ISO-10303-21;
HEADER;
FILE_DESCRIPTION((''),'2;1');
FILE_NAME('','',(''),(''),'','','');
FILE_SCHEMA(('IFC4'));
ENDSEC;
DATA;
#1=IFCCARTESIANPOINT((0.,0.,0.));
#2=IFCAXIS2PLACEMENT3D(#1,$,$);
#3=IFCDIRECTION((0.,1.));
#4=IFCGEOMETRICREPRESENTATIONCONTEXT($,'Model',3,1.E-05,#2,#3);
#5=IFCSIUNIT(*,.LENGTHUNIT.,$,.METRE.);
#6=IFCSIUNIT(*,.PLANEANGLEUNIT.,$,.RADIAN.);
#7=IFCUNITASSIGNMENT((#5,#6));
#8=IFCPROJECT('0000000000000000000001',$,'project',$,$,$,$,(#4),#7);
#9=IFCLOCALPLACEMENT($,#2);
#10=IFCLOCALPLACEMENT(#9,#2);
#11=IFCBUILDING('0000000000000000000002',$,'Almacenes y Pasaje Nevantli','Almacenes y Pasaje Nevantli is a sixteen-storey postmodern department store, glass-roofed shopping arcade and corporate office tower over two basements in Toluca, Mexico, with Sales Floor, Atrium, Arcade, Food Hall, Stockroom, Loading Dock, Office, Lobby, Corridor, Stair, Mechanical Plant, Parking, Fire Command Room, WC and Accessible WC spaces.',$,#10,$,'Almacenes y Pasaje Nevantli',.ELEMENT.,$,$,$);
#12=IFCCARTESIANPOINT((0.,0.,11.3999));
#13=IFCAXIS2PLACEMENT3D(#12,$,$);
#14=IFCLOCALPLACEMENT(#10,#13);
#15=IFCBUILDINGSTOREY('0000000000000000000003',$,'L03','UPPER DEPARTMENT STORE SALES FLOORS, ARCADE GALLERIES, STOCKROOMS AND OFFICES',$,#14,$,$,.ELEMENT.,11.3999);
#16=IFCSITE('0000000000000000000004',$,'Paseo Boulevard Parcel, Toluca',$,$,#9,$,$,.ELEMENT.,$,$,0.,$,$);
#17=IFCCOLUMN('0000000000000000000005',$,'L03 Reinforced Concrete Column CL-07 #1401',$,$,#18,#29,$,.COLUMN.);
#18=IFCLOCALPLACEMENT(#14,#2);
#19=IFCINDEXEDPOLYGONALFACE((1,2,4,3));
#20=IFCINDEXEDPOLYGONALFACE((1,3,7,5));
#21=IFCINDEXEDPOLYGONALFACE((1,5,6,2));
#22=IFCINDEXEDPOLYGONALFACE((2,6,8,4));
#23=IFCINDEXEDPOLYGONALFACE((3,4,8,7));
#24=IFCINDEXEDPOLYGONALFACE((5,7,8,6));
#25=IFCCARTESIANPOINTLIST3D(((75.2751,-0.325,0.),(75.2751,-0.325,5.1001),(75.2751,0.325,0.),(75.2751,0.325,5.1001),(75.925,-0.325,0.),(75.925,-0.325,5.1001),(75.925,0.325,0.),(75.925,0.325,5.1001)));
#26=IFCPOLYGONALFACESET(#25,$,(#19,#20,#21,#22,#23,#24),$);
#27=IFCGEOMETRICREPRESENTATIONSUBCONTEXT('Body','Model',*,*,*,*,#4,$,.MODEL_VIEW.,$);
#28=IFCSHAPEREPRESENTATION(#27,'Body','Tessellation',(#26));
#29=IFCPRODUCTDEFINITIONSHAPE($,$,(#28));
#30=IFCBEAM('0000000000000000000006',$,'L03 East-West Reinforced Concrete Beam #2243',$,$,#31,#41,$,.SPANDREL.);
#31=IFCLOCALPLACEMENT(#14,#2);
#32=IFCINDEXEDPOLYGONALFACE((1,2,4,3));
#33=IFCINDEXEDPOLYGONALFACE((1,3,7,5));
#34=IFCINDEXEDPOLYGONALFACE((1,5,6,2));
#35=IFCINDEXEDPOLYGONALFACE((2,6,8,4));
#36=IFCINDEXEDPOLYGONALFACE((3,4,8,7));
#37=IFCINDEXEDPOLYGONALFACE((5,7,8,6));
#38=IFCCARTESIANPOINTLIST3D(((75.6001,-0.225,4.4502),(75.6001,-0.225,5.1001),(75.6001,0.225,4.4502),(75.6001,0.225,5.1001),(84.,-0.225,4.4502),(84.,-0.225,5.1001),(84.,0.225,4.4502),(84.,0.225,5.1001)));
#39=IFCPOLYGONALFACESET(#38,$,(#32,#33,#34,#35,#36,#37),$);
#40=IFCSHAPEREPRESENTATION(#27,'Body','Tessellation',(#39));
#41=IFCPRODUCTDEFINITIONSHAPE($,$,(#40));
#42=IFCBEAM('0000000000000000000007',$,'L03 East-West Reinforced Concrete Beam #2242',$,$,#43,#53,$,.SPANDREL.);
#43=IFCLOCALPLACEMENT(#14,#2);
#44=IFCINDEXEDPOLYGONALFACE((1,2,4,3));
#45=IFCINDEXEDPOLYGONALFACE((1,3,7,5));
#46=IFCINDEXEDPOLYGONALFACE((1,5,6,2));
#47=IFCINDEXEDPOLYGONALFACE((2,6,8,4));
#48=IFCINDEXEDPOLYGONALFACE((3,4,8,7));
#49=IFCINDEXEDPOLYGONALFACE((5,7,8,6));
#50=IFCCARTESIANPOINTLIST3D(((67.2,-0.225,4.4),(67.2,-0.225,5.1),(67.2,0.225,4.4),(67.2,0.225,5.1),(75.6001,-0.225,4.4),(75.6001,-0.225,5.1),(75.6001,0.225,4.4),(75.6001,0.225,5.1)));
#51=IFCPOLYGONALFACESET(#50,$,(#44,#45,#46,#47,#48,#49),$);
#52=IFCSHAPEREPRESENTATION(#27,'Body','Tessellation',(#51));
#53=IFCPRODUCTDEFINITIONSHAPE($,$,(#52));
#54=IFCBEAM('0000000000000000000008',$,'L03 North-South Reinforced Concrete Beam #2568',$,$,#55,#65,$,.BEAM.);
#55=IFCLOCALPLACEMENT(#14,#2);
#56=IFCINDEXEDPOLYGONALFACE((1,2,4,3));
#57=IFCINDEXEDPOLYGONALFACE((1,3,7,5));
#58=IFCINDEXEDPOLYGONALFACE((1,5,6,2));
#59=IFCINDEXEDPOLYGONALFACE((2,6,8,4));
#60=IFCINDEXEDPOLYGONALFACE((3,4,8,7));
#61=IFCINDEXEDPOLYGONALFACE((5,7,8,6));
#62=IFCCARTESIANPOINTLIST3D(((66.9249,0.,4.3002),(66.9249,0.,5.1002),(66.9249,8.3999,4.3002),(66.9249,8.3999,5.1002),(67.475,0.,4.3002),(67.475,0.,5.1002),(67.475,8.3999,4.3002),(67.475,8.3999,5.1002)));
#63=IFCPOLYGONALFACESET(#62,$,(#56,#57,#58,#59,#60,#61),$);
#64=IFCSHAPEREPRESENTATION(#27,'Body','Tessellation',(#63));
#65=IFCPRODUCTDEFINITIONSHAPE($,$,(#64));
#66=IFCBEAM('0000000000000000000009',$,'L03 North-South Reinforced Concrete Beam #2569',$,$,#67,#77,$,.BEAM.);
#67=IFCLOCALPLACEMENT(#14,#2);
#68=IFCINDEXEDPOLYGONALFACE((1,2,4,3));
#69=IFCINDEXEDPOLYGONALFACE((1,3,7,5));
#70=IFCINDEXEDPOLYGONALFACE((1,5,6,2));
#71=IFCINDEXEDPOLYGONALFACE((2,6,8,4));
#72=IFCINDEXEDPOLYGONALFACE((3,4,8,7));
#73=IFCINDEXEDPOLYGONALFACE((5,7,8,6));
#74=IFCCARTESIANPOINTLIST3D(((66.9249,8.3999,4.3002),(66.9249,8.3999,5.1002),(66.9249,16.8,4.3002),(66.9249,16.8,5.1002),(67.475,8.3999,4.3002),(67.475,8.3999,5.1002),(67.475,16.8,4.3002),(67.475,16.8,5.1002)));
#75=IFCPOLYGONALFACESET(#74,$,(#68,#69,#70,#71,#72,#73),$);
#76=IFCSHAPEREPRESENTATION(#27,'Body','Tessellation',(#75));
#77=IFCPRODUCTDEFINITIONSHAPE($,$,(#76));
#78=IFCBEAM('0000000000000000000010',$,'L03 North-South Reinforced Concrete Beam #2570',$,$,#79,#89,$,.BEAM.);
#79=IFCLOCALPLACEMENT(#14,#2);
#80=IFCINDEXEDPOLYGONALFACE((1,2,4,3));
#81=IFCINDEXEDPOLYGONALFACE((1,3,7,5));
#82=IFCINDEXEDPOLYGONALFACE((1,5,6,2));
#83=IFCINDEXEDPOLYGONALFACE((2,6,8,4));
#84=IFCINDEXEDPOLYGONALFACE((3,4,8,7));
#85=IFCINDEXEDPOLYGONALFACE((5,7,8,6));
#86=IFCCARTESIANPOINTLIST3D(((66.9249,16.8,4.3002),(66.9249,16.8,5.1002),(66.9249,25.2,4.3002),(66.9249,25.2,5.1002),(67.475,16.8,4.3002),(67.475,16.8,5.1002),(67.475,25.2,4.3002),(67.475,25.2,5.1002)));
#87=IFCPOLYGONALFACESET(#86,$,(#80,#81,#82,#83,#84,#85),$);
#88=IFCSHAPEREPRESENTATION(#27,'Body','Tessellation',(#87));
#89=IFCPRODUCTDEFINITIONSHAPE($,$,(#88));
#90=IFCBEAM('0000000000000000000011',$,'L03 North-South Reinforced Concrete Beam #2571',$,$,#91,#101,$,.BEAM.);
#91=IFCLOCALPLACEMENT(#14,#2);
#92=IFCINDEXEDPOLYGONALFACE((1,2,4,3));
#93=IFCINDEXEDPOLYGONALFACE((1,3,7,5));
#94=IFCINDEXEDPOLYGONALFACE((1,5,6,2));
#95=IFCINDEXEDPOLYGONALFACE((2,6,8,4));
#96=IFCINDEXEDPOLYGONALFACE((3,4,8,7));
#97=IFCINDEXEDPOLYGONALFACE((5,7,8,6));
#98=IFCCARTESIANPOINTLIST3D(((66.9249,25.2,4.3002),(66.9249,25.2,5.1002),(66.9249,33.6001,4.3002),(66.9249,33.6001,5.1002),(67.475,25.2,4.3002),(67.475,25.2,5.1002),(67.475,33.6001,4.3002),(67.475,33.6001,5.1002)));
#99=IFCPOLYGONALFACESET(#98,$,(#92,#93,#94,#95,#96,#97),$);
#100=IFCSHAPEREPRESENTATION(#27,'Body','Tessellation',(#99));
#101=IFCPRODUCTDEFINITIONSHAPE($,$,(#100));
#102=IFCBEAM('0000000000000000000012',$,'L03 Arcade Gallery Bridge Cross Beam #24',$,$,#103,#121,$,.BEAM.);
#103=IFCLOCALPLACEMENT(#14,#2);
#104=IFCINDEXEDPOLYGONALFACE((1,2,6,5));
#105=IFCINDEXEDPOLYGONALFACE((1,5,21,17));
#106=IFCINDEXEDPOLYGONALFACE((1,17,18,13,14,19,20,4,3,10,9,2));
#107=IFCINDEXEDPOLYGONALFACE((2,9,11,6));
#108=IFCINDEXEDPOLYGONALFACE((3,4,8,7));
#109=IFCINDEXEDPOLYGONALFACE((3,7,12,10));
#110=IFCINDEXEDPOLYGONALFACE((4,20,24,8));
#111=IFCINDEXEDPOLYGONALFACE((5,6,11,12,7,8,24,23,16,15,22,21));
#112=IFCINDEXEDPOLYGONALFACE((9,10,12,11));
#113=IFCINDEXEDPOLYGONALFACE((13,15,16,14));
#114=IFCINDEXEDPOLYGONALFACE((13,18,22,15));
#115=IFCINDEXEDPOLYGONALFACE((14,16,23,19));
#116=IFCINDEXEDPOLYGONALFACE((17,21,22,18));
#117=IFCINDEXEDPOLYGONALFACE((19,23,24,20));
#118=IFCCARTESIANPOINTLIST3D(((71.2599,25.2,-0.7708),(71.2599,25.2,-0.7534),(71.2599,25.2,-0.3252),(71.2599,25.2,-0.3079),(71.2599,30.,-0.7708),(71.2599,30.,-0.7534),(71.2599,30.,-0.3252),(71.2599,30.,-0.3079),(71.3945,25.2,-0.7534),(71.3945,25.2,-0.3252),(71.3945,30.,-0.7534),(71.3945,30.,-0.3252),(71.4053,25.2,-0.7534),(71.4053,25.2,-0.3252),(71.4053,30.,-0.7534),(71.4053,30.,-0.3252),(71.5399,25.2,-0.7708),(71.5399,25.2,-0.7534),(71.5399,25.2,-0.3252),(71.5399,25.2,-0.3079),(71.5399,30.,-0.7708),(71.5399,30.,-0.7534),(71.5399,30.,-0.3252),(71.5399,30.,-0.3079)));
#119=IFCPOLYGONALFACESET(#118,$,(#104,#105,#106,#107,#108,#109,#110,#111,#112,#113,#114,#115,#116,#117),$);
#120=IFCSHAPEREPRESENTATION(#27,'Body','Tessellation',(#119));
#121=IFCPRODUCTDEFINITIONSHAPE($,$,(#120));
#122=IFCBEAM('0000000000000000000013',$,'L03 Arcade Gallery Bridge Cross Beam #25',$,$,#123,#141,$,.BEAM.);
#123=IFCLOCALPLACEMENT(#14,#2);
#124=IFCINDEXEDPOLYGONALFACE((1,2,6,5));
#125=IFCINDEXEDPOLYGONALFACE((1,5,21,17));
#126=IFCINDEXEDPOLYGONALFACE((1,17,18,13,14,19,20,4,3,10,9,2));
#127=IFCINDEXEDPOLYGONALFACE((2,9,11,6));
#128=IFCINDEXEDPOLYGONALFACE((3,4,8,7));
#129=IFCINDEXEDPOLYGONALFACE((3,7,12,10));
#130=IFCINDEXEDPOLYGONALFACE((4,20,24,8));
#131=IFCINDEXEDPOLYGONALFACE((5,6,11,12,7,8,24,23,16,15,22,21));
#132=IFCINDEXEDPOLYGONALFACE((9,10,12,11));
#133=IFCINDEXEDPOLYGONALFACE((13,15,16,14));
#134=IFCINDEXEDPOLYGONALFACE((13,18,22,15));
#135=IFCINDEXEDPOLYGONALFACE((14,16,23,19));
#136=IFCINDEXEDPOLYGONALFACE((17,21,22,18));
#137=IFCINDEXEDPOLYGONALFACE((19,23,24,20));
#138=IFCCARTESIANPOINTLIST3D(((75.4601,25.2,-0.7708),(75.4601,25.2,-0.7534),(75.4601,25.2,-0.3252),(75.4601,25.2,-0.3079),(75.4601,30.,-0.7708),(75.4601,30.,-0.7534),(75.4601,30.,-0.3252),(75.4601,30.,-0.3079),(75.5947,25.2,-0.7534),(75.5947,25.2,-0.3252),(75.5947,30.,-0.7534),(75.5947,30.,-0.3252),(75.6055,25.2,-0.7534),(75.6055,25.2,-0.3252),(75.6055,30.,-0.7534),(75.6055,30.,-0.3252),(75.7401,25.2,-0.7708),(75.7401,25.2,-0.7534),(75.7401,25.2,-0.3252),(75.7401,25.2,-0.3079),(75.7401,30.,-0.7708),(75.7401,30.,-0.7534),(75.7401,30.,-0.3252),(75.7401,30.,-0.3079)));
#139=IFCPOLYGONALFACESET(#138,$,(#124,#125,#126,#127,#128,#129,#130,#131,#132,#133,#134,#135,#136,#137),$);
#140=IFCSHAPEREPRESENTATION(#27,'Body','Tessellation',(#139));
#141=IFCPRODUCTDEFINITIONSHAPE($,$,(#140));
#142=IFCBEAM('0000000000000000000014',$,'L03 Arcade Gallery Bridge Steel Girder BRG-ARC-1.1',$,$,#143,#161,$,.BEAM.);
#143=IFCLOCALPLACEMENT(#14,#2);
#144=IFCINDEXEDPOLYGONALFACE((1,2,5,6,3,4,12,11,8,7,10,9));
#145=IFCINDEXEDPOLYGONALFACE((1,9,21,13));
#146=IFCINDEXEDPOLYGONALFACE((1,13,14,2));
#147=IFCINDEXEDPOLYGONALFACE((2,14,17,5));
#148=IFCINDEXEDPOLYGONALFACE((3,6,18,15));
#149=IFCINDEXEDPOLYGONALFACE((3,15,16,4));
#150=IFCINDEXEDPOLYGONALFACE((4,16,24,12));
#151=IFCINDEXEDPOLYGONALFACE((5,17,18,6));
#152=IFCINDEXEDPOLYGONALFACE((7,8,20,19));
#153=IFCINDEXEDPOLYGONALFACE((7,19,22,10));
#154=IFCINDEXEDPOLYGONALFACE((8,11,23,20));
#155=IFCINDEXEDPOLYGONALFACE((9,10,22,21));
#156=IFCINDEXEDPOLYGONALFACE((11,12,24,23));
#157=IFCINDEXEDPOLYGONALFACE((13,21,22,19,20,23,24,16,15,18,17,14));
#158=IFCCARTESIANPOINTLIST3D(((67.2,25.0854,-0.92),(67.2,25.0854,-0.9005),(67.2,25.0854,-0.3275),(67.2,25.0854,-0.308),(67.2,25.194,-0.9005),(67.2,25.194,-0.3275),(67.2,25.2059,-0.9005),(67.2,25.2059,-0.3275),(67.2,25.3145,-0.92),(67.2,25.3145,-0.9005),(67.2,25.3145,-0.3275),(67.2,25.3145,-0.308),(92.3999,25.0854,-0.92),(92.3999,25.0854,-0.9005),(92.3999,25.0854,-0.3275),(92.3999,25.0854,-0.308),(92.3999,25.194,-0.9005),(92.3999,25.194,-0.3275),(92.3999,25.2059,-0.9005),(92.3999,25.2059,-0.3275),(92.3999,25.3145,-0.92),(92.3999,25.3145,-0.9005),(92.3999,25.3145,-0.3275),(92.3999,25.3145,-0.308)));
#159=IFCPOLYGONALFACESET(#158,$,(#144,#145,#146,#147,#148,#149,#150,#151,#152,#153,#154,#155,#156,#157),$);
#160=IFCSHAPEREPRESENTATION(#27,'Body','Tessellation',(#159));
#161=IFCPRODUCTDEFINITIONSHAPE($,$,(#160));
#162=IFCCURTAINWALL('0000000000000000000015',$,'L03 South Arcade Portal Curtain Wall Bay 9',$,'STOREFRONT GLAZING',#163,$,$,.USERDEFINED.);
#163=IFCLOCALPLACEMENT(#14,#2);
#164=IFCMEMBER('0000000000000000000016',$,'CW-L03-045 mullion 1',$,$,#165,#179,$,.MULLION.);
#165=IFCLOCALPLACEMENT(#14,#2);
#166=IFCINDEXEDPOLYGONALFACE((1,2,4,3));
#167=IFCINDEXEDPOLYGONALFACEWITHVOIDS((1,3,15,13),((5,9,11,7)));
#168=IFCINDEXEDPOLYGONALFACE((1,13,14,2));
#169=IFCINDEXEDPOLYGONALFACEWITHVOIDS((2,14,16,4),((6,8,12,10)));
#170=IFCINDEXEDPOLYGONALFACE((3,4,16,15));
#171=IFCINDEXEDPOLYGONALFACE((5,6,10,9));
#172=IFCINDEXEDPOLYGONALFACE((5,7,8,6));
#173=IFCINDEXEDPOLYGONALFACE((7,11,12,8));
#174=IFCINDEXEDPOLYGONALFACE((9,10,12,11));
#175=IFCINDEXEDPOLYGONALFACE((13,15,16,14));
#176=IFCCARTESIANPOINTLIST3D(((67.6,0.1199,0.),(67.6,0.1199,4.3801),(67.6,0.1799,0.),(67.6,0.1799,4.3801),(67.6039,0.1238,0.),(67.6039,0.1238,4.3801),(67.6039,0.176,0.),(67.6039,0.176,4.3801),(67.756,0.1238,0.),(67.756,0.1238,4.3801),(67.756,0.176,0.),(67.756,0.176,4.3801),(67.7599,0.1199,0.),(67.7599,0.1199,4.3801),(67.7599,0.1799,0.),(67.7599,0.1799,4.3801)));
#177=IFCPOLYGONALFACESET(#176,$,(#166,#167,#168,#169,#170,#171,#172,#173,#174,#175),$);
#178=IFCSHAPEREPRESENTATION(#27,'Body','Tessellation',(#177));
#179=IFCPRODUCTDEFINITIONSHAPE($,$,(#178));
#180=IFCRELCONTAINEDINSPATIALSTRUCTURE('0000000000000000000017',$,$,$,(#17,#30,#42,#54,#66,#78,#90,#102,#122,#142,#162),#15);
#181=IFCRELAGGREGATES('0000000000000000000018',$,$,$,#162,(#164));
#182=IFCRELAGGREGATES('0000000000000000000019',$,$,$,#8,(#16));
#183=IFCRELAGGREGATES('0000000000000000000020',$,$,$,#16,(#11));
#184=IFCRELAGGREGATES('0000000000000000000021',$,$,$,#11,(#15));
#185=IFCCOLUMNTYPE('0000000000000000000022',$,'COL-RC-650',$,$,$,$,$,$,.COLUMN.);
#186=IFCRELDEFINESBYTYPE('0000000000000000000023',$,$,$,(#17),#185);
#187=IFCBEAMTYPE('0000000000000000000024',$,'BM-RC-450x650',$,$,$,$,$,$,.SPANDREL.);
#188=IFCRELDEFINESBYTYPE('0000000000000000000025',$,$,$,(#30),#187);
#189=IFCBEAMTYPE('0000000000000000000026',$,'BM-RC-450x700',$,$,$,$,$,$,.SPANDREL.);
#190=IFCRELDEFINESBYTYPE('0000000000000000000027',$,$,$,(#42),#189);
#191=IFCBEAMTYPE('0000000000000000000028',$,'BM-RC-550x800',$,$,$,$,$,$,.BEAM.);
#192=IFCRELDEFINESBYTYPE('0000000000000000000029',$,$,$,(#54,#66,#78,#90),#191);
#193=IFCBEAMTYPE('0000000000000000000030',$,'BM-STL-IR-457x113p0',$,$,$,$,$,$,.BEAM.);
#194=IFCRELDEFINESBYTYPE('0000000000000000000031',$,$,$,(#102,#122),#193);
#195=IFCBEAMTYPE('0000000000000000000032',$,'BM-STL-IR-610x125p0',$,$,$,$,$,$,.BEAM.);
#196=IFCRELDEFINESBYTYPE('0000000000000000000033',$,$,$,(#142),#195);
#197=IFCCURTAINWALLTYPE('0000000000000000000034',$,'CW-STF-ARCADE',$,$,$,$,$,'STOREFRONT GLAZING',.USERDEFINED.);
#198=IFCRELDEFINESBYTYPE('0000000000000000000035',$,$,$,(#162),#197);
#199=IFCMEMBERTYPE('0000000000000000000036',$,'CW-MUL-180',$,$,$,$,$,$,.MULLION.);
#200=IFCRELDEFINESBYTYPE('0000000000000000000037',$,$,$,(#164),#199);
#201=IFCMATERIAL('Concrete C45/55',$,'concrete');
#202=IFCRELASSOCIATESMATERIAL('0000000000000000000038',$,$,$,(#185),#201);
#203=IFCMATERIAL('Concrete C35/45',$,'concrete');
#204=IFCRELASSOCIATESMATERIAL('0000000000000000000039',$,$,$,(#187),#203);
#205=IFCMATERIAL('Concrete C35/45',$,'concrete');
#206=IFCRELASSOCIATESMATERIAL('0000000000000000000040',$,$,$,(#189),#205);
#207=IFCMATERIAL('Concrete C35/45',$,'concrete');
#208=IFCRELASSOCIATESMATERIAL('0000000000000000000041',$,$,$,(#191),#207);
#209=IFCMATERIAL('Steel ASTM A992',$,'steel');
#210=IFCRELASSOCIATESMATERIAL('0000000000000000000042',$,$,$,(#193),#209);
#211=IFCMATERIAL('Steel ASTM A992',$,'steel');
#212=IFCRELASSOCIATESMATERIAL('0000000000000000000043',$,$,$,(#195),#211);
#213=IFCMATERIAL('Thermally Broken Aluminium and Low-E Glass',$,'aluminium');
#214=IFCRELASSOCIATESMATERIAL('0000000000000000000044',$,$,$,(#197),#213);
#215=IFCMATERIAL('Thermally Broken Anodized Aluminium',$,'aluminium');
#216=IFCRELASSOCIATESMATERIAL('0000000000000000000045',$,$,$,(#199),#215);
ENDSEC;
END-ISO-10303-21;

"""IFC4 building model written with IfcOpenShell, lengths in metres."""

from ifc_helpers import new_model, si_unit, direction, frame, origin, origin_2d, place, context, subcontext, project, spatial, rectangle, hollow_rectangle, i_section, extrude, material, material_profile, profile_set, type_object, element, aggregate, save


model = new_model("IFC4")

# Units and contexts
model_context = context("Model", 3, precision=1e-05, world=origin(), true_north=direction((0.0, 1.0)))
body_context = subcontext(model_context, "Body", "Model", "MODEL_VIEW")
ifc_project = project(units=[si_unit("LENGTHUNIT", "METRE"), si_unit("PLANEANGLEUNIT", "RADIAN")], contexts=[model_context])

# Site, building, storey
site_placement = place(None, origin())
site = spatial("IfcSite", under=ifc_project, at=site_placement, Name="Paseo Boulevard Parcel, Toluca", CompositionType="ELEMENT", RefElevation=0.0)
building_placement = place(site_placement, origin())
building = spatial("IfcBuilding", under=site, at=building_placement, Name="Almacenes y Pasaje Nevantli", Description="Almacenes y Pasaje Nevantli is a sixteen-storey postmodern department store, glass-roofed shopping arcade and corporate office tower over two basements in Toluca, Mexico, with Sales Floor, Atrium, Arcade, Food Hall, Stockroom, Loading Dock, Office, Lobby, Corridor, Stair, Mechanical Plant, Parking, Fire Command Room, WC and Accessible WC spaces.", LongName="Almacenes y Pasaje Nevantli", CompositionType="ELEMENT")
storey_placement = place(building_placement, frame((0.0, 0.0, 11.3999)))
storey = spatial("IfcBuildingStorey", under=building, at=storey_placement, Name="L03", Description="UPPER DEPARTMENT STORE SALES FLOORS, ARCADE GALLERIES, STOCKROOMS AND OFFICES", CompositionType="ELEMENT", Elevation=11.3999)

# Column
ifc_material_1 = material(Name="Concrete C45/55", Category="concrete")
ifc_material_profile_1 = material_profile(ifc_material_1, rectangle(XDim=0.6499, YDim=0.6499, at=origin_2d()), Name="RC-COL-650x650")
ifc_profile_set_1 = profile_set([ifc_material_profile_1], Name="Concrete C45/55")
column_type = type_object("IfcColumnType", Name="COL-RC-650", PredefinedType="COLUMN", material=ifc_profile_set_1)
column_placement = place(storey_placement, frame((75.6001, 0.0, 0.0), z_axis=(0.0, 0.0, 1.0), x_axis=(1.0, 0.0, 0.0)))
element("IfcColumn", 1, at=column_placement, inside=storey, type_object=column_type, Name="L03 Reinforced Concrete Column CL-07 #1401", PredefinedType="COLUMN", context=body_context, shape_type="SweptSolid", body=[
    extrude(rectangle(XDim=0.6499, YDim=0.6499, at=origin_2d()), origin(), (0.0, 0.0, 1.0), 5.1001),
])

# Beams
ifc_material_2 = material(Name="Concrete C35/45", Category="concrete")
ifc_material_profile_2 = material_profile(ifc_material_2, rectangle(XDim=0.45, YDim=0.6499, at=origin_2d()), Name="RC-BM-450x650")
ifc_profile_set_2 = profile_set([ifc_material_profile_2], Name="Concrete C35/45")
beam_type_1 = type_object("IfcBeamType", Name="BM-RC-450x650", PredefinedType="SPANDREL", material=ifc_profile_set_2)
beam_1_placement = place(storey_placement, frame((75.6001, 0.0, 4.7751), z_axis=(1.0, 0.0, 0.0), x_axis=(0.0, 1.0, 0.0)))
element("IfcBeam", 2, at=beam_1_placement, inside=storey, type_object=beam_type_1, Name="L03 East-West Reinforced Concrete Beam #2243", PredefinedType="SPANDREL", context=body_context, shape_type="SweptSolid", body=[
    extrude(rectangle(XDim=0.45, YDim=0.6499, at=origin_2d()), origin(), (0.0, 0.0, 1.0), 8.3999),
])
ifc_material_3 = material(Name="Concrete C35/45", Category="concrete")
ifc_material_profile_3 = material_profile(ifc_material_3, rectangle(XDim=0.45, YDim=0.7, at=origin_2d()), Name="RC-BM-450x700")
ifc_profile_set_3 = profile_set([ifc_material_profile_3], Name="Concrete C35/45")
beam_type_2 = type_object("IfcBeamType", Name="BM-RC-450x700", PredefinedType="SPANDREL", material=ifc_profile_set_3)
beam_2_placement = place(storey_placement, frame((67.2, 0.0, 4.75), z_axis=(1.0, 0.0, 0.0), x_axis=(0.0, 1.0, 0.0)))
element("IfcBeam", 3, at=beam_2_placement, inside=storey, type_object=beam_type_2, Name="L03 East-West Reinforced Concrete Beam #2242", PredefinedType="SPANDREL", context=body_context, shape_type="SweptSolid", body=[
    extrude(rectangle(XDim=0.45, YDim=0.7, at=origin_2d()), origin(), (0.0, 0.0, 1.0), 8.4001),
])
ifc_material_4 = material(Name="Concrete C35/45", Category="concrete")
ifc_material_profile_4 = material_profile(ifc_material_4, rectangle(XDim=0.55, YDim=0.8, at=origin_2d()), Name="RC-BM-550x800")
ifc_profile_set_4 = profile_set([ifc_material_profile_4], Name="Concrete C35/45")
beam_type_3 = type_object("IfcBeamType", Name="BM-RC-550x800", PredefinedType="BEAM", material=ifc_profile_set_4)
beam_3_placement = place(storey_placement, frame((67.2, 0.0, 4.7002), z_axis=(0.0, 1.0, 0.0), x_axis=(-1.0, 0.0, 0.0)))
element("IfcBeam", 4, at=beam_3_placement, inside=storey, type_object=beam_type_3, Name="L03 North-South Reinforced Concrete Beam #2568", PredefinedType="BEAM", context=body_context, shape_type="SweptSolid", body=[
    extrude(rectangle(XDim=0.55, YDim=0.8, at=origin_2d()), origin(), (0.0, 0.0, 1.0), 8.3999),
])
beam_4_placement = place(storey_placement, frame((67.2, 8.3999, 4.7002), z_axis=(0.0, 1.0, 0.0), x_axis=(-1.0, 0.0, 0.0)))
element("IfcBeam", 5, at=beam_4_placement, inside=storey, type_object=beam_type_3, Name="L03 North-South Reinforced Concrete Beam #2569", PredefinedType="BEAM", context=body_context, shape_type="SweptSolid", body=[
    extrude(rectangle(XDim=0.55, YDim=0.8, at=origin_2d()), origin(), (0.0, 0.0, 1.0), 8.4001),
])
beam_5_placement = place(storey_placement, frame((67.2, 16.8, 4.7002), z_axis=(0.0, 1.0, 0.0), x_axis=(-1.0, 0.0, 0.0)))
element("IfcBeam", 6, at=beam_5_placement, inside=storey, type_object=beam_type_3, Name="L03 North-South Reinforced Concrete Beam #2570", PredefinedType="BEAM", context=body_context, shape_type="SweptSolid", body=[
    extrude(rectangle(XDim=0.55, YDim=0.8, at=origin_2d()), origin(), (0.0, 0.0, 1.0), 8.3999),
])
beam_6_placement = place(storey_placement, frame((67.2, 25.2, 4.7002), z_axis=(0.0, 1.0, 0.0), x_axis=(-1.0, 0.0, 0.0)))
element("IfcBeam", 7, at=beam_6_placement, inside=storey, type_object=beam_type_3, Name="L03 North-South Reinforced Concrete Beam #2571", PredefinedType="BEAM", context=body_context, shape_type="SweptSolid", body=[
    extrude(rectangle(XDim=0.55, YDim=0.8, at=origin_2d()), origin(), (0.0, 0.0, 1.0), 8.4001),
])
ifc_material_5 = material(Name="Steel ASTM A992", Category="steel")
ifc_material_profile_5 = material_profile(ifc_material_5, i_section(OverallWidth=0.28, OverallDepth=0.4629, WebThickness=0.0107, FlangeThickness=0.0173, at=origin_2d()), Name="IR 457x113.0")
ifc_profile_set_5 = profile_set([ifc_material_profile_5], Name="Steel ASTM A992")
beam_type_4 = type_object("IfcBeamType", Name="BM-STL-IR-457x113p0", PredefinedType="BEAM", material=ifc_profile_set_5)
for number, where, z_axis, x_axis, name in (
    (8, (71.3999, 25.2, -0.5393), (0.0, 1.0, 0.0), (-1.0, 0.0, 0.0), "L03 Arcade Gallery Bridge Cross Beam #24"),
    (9, (75.6001, 25.2, -0.5393), (0.0, 1.0, 0.0), (-1.0, 0.0, 0.0), "L03 Arcade Gallery Bridge Cross Beam #25"),
):
    element("IfcBeam", number, at=place(storey_placement, frame(where, z_axis=z_axis, x_axis=x_axis)), inside=storey, type_object=beam_type_4, Name=name, PredefinedType="BEAM", context=body_context, shape_type="SweptSolid", body=[
        extrude(i_section(OverallWidth=0.28, OverallDepth=0.4629, WebThickness=0.0107, FlangeThickness=0.0173, at=origin_2d()), origin(), (0.0, 0.0, 1.0), 4.8),
    ])
ifc_material_6 = material(Name="Steel ASTM A992", Category="steel")
ifc_material_profile_6 = material_profile(ifc_material_6, i_section(OverallWidth=0.229, OverallDepth=0.6121, WebThickness=0.012, FlangeThickness=0.0195, at=origin_2d()), Name="IR 610x125.0")
ifc_profile_set_6 = profile_set([ifc_material_profile_6], Name="Steel ASTM A992")
beam_type_5 = type_object("IfcBeamType", Name="BM-STL-IR-610x125p0", PredefinedType="BEAM", material=ifc_profile_set_6)
beam_7_placement = place(storey_placement, frame((67.2, 25.2, -0.614), z_axis=(1.0, 0.0, 0.0), x_axis=(0.0, 1.0, 0.0)))
element("IfcBeam", 10, at=beam_7_placement, inside=storey, type_object=beam_type_5, Name="L03 Arcade Gallery Bridge Steel Girder BRG-ARC-1.1", PredefinedType="BEAM", context=body_context, shape_type="SweptSolid", body=[
    extrude(i_section(OverallWidth=0.229, OverallDepth=0.6121, WebThickness=0.012, FlangeThickness=0.0195, at=origin_2d()), origin(), (0.0, 0.0, 1.0), 25.2),
])

# Curtain wall, member
ifc_material_7 = material(Name="Thermally Broken Aluminium and Low-E Glass", Category="aluminium")
curtain_wall_type = type_object("IfcCurtainWallType", Name="CW-STF-ARCADE", ElementType="STOREFRONT GLAZING", PredefinedType="USERDEFINED", material=ifc_material_7)
curtain_wall_1_placement = place(storey_placement, origin())
curtain_wall_1 = element("IfcCurtainWall", 11, at=curtain_wall_1_placement, inside=storey, type_object=curtain_wall_type, Name="L03 South Arcade Portal Curtain Wall Bay 9", ObjectType="STOREFRONT GLAZING", PredefinedType="USERDEFINED")
ifc_material_8 = material(Name="Thermally Broken Anodized Aluminium", Category="aluminium")
ifc_material_profile_7 = material_profile(ifc_material_8, hollow_rectangle(XDim=0.0601, YDim=0.1599, WallThickness=0.0039, at=origin_2d()), Name="ALU-MUL-60x160")
ifc_profile_set_7 = profile_set([ifc_material_profile_7], Name="Thermally Broken Anodized Aluminium")
member_type_1 = type_object("IfcMemberType", Name="CW-MUL-180", PredefinedType="MULLION", material=ifc_profile_set_7)
member_1_placement = place(storey_placement, frame((67.6799, 0.1499, 0.0), z_axis=(0.0, 0.0, 1.0), x_axis=(0.0, 1.0, 0.0)))
member_1 = element("IfcMember", 12, at=member_1_placement, type_object=member_type_1, Name="CW-L03-045 mullion 1", PredefinedType="MULLION", context=body_context, shape_type="SweptSolid", body=[
    extrude(hollow_rectangle(XDim=0.0601, YDim=0.1599, WallThickness=0.0039, at=origin_2d()), origin(), (0.0, 0.0, 1.0), 4.3801),
])

aggregate(curtain_wall_1, [member_1])

save(model, "model.ifc")
